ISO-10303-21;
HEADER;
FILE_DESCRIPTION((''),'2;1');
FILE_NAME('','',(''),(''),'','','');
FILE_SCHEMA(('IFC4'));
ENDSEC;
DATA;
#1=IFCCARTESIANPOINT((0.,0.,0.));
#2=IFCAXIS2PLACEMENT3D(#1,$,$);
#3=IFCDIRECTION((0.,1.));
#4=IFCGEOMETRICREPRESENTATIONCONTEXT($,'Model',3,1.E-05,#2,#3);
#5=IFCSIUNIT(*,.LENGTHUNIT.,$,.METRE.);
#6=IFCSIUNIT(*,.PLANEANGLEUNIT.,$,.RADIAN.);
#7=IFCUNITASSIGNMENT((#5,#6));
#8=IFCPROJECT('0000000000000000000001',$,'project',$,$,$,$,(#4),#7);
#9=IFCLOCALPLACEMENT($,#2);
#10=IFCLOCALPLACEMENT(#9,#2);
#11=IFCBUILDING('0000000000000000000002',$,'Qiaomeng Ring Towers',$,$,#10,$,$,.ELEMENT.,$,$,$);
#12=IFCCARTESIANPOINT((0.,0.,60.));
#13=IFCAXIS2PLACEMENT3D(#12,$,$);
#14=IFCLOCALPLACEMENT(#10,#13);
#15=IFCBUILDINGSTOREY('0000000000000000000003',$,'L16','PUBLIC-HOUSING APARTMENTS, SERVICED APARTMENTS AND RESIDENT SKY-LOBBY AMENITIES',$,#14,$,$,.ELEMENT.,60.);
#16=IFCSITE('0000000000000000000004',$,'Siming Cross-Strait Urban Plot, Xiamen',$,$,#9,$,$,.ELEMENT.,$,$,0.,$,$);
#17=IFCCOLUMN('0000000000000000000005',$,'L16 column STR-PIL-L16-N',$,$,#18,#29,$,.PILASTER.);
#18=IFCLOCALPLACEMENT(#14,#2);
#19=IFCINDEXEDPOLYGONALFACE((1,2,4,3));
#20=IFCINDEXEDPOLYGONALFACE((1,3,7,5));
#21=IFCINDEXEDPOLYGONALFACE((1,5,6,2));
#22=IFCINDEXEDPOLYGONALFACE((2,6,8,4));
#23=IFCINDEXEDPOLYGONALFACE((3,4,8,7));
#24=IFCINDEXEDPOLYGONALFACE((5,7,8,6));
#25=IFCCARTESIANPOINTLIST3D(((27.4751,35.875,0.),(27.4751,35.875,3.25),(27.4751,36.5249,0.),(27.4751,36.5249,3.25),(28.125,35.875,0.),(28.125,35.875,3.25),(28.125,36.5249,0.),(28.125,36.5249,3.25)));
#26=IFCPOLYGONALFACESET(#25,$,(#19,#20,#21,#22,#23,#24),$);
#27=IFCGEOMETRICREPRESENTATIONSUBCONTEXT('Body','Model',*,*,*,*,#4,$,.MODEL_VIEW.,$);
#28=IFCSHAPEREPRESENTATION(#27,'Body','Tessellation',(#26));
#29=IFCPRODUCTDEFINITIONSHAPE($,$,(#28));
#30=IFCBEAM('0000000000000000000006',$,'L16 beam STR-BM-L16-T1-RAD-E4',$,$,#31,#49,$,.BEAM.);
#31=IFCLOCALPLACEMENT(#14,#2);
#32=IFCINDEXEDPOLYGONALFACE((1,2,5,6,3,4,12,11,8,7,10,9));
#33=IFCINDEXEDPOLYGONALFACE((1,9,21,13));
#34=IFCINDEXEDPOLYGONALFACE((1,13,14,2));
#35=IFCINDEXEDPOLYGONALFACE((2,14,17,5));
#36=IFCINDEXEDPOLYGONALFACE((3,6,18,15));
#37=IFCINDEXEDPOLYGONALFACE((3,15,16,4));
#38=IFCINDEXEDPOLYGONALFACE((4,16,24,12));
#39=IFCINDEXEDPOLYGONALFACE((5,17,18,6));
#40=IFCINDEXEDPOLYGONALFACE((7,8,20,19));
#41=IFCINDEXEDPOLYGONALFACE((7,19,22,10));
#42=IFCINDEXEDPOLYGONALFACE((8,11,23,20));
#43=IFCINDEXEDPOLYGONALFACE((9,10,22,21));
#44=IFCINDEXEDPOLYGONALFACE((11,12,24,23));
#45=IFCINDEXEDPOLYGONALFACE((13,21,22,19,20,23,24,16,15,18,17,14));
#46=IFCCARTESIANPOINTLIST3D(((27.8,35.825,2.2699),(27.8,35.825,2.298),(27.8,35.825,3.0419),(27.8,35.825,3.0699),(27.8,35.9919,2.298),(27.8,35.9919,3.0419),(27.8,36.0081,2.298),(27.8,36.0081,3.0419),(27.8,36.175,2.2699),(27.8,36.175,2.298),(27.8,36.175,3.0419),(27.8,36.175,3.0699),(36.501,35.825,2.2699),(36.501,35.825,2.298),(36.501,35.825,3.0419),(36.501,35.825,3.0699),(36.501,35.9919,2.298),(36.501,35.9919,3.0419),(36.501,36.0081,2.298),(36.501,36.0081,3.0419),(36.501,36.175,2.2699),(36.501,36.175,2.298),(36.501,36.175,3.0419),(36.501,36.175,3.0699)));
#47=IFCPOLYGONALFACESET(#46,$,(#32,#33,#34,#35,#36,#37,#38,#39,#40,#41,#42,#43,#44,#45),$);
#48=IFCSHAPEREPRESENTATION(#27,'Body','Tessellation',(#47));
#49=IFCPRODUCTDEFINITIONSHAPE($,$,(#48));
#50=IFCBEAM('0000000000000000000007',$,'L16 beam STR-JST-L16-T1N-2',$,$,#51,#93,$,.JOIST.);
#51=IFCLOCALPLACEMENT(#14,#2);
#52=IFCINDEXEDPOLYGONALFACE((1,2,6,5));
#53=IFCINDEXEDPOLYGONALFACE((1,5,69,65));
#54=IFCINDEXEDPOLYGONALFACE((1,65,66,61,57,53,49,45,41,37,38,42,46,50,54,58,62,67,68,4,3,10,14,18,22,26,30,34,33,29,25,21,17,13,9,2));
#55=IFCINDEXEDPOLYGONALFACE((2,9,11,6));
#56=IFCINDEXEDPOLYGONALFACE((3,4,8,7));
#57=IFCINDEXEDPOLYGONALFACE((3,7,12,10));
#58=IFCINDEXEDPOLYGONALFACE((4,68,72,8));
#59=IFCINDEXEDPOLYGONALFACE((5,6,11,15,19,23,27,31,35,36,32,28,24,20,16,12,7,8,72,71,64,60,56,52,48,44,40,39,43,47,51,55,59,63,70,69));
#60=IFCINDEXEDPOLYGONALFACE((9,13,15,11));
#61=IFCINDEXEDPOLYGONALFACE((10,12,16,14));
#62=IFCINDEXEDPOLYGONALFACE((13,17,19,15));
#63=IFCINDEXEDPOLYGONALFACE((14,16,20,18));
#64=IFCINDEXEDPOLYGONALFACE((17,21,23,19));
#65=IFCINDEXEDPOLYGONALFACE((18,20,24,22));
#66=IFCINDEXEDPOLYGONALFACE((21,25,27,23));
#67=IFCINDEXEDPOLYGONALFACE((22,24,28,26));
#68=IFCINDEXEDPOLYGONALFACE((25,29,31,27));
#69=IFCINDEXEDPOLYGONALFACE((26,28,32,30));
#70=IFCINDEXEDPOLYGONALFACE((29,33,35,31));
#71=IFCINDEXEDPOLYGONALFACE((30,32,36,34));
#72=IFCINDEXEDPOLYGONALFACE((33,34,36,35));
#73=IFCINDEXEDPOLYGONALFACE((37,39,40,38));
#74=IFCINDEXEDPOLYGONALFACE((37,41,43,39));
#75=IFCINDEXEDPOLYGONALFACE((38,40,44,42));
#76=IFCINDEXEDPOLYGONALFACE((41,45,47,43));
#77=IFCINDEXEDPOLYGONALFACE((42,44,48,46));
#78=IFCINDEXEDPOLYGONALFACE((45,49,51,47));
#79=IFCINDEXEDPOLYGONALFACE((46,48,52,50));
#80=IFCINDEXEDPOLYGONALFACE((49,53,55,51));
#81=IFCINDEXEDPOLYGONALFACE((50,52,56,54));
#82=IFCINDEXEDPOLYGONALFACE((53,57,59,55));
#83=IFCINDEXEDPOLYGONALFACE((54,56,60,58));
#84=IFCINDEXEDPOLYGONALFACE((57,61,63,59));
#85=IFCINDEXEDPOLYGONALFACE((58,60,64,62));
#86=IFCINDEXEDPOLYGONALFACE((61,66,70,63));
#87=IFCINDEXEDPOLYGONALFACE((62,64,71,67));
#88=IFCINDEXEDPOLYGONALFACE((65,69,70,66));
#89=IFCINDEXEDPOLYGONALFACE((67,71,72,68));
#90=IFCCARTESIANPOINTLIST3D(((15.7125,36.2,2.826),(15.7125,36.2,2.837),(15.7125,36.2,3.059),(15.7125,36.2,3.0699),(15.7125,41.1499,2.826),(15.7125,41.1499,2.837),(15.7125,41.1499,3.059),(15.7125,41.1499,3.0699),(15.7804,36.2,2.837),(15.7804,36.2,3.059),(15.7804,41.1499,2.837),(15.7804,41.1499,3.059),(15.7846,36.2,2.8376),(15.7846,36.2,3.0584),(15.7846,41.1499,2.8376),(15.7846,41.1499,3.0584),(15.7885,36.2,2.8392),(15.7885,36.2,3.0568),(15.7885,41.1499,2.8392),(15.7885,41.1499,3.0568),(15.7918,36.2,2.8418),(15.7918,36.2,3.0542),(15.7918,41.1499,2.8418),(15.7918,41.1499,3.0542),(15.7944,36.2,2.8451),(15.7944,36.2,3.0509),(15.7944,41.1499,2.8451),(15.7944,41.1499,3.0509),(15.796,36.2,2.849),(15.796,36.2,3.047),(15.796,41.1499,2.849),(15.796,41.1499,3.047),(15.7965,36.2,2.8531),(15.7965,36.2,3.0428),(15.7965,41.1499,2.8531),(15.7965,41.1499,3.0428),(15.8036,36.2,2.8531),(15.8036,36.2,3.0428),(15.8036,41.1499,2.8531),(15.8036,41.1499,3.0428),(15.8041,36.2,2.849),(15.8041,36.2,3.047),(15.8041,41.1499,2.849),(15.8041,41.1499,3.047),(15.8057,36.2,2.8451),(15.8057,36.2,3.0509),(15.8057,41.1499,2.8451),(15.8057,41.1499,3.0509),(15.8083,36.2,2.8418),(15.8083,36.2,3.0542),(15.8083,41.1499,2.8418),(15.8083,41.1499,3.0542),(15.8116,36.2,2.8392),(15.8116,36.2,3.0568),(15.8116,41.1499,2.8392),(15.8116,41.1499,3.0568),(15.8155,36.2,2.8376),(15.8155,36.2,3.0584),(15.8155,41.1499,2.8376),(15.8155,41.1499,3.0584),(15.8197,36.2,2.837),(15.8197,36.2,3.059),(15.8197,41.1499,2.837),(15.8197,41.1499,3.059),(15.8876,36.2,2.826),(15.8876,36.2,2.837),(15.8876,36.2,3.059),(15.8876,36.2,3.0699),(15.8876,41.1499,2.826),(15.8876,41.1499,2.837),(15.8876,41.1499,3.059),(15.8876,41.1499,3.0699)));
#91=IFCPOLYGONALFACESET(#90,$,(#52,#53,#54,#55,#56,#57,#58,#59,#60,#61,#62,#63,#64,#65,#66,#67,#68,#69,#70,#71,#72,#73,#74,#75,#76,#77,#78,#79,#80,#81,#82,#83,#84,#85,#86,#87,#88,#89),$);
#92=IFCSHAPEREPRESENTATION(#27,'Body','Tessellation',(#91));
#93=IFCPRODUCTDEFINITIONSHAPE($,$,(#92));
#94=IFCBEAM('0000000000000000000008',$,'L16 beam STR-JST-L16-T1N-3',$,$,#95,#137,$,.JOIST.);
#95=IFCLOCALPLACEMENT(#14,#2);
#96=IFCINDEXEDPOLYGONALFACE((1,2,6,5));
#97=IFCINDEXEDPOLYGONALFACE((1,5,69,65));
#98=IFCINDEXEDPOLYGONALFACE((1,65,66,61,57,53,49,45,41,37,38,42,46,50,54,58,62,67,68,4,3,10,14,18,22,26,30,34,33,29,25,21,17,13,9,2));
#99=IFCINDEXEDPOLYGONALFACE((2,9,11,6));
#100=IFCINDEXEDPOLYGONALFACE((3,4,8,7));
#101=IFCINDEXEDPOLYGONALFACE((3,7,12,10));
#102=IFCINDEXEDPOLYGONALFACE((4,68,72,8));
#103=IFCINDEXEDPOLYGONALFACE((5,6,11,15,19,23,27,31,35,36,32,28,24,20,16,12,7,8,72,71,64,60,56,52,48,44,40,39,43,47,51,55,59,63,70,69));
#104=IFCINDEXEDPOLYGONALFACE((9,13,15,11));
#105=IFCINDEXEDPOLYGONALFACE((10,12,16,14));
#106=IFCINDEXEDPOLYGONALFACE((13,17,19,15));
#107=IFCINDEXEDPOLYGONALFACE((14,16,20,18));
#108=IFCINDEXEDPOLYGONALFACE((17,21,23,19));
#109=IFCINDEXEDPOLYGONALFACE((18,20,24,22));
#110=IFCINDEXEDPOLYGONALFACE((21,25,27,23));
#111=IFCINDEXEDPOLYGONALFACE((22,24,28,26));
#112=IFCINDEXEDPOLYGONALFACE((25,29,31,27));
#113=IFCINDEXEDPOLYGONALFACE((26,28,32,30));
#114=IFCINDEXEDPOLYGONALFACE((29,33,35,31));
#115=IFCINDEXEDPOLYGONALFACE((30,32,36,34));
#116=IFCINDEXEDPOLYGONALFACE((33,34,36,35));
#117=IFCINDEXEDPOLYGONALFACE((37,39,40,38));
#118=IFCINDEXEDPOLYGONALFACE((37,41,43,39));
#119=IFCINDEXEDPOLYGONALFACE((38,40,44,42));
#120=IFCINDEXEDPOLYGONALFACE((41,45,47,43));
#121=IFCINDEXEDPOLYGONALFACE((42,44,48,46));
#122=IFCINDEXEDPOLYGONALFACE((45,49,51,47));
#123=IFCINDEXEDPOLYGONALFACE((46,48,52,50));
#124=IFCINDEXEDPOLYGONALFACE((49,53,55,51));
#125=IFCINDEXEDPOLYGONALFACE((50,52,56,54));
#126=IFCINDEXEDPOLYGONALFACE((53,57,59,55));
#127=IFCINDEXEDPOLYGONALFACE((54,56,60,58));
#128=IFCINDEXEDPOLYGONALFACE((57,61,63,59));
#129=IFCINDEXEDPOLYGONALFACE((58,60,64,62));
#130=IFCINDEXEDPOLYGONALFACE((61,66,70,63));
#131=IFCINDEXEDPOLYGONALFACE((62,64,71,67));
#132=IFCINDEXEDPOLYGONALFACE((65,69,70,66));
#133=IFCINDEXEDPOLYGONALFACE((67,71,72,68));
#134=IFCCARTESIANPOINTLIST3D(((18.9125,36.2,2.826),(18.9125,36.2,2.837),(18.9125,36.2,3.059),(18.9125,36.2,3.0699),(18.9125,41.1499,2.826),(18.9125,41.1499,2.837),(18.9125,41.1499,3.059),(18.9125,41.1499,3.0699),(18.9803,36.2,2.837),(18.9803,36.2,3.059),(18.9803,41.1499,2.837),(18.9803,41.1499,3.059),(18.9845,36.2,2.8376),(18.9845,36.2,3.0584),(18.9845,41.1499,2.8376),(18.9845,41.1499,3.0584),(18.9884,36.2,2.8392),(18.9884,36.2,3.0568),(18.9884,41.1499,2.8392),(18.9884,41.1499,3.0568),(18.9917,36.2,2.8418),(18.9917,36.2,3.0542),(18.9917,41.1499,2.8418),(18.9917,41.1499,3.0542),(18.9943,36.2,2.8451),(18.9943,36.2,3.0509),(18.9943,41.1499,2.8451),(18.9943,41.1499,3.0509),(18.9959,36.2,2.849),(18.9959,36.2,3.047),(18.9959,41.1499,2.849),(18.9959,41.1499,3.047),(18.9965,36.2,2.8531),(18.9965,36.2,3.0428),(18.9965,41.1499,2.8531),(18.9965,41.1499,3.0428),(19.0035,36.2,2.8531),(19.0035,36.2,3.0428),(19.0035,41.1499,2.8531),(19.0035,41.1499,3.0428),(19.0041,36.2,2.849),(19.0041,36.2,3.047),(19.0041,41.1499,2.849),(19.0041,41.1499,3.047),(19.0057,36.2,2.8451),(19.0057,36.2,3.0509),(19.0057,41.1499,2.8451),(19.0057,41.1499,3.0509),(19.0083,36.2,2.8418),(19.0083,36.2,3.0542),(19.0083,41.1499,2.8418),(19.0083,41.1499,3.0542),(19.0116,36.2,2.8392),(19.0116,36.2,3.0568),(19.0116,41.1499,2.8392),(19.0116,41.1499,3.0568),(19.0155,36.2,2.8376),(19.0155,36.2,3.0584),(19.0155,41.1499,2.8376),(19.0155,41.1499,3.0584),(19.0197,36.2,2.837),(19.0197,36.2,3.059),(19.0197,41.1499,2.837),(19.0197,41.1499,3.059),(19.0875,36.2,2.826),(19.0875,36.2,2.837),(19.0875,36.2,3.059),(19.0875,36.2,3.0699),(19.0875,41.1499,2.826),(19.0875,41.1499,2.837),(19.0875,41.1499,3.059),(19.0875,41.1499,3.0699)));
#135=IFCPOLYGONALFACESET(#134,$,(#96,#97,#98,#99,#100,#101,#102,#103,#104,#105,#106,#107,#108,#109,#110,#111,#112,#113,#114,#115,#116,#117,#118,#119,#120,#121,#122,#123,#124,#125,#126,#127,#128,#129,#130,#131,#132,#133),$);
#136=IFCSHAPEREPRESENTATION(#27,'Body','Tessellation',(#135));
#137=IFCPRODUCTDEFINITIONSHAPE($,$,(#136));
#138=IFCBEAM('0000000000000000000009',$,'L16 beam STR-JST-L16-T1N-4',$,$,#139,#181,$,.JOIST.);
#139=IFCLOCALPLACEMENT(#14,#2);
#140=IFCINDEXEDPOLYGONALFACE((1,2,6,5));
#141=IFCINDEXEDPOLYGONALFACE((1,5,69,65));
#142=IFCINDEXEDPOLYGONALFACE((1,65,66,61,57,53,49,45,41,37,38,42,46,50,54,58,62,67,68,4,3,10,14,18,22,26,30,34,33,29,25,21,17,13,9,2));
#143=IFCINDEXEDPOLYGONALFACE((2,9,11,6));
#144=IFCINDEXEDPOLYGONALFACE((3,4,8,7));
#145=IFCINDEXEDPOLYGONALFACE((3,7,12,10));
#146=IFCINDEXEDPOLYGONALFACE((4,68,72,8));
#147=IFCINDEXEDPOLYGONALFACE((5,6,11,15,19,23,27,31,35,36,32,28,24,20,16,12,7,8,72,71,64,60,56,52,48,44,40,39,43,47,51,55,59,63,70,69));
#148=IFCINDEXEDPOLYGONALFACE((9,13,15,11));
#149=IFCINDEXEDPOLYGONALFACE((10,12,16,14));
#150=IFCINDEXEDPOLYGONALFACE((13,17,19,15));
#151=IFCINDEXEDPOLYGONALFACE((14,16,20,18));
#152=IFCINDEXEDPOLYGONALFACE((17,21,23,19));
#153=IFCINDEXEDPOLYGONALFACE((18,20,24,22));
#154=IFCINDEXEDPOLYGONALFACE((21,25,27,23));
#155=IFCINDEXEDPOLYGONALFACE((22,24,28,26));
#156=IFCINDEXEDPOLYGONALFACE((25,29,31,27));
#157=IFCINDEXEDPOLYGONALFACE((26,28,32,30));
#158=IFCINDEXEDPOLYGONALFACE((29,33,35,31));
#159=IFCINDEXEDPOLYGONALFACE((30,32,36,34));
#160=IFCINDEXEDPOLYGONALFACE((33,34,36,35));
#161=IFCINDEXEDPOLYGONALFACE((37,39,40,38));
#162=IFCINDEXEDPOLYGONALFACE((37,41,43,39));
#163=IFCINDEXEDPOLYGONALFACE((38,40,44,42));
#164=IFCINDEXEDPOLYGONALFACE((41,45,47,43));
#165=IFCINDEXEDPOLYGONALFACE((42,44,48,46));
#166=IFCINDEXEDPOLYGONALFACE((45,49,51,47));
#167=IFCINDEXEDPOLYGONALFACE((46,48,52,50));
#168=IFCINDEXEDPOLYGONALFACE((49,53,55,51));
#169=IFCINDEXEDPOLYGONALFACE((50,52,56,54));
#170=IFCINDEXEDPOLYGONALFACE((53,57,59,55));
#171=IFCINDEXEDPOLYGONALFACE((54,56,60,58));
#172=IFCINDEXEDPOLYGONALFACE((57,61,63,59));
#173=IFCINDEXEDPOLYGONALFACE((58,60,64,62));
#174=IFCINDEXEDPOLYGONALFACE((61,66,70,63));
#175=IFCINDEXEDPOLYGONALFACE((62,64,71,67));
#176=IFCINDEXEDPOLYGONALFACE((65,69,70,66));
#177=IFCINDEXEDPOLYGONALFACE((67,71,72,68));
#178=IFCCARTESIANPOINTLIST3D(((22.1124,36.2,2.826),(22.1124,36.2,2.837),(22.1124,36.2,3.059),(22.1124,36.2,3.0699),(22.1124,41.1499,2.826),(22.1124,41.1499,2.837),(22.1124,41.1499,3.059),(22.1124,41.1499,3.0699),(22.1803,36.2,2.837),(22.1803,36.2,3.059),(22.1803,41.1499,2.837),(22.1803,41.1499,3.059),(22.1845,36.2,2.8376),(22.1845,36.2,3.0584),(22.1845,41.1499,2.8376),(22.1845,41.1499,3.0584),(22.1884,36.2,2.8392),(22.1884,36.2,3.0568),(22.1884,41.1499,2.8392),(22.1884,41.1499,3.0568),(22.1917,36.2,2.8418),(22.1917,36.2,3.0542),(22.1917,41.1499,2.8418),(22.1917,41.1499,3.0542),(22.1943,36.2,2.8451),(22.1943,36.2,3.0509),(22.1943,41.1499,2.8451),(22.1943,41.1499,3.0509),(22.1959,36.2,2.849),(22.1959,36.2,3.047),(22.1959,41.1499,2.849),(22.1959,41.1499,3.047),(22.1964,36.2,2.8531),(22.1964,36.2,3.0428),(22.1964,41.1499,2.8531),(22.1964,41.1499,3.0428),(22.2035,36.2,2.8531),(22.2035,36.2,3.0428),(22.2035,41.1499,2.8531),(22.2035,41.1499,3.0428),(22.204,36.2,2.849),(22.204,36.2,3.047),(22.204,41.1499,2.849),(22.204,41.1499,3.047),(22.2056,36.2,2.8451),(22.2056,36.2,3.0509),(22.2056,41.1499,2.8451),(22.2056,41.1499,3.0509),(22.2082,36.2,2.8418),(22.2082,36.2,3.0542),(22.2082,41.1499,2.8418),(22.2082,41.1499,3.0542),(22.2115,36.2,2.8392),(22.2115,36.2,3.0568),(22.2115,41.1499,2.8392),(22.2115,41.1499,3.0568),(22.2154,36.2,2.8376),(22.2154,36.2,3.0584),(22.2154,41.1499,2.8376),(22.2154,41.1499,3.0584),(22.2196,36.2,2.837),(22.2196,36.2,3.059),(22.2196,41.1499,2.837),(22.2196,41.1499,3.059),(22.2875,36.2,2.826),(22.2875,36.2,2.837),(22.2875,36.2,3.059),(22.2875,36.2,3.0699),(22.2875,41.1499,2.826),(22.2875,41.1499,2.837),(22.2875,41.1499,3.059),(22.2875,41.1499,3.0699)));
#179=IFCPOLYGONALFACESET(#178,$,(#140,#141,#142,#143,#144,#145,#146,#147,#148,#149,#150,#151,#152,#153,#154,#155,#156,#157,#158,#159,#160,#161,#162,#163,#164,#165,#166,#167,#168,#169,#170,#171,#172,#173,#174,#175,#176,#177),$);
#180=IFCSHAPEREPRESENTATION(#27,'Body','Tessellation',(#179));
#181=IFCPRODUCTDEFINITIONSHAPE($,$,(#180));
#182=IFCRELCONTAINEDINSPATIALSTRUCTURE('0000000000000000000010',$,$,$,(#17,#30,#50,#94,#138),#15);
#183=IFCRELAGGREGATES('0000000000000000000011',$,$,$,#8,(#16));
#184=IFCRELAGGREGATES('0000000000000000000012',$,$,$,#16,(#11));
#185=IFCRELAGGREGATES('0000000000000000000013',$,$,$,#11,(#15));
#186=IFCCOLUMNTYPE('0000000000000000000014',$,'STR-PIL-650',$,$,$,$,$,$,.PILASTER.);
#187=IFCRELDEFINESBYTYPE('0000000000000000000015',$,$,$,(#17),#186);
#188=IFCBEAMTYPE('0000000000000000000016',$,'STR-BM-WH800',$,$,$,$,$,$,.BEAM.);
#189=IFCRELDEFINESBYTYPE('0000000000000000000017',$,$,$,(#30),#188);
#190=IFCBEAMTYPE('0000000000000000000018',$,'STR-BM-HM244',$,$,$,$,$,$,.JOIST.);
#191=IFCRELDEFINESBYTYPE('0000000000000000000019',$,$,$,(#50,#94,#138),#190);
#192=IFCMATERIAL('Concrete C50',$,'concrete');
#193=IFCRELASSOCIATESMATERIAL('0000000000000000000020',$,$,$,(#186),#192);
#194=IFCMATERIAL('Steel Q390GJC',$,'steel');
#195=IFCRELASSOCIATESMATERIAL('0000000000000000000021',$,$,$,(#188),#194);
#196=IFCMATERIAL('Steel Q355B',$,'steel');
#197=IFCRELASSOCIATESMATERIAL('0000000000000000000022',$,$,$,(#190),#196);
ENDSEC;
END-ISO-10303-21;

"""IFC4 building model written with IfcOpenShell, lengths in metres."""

from ifc_helpers import new_model, si_unit, direction, frame, origin, origin_2d, place, context, subcontext, project, spatial, rectangle, i_section, extrude, source, transform, mapped, material, material_profile, profile_set, type_object, element, save


model = new_model("IFC4")

# Units and contexts
model_context = context("Model", 3, precision=1e-05, world=origin(), true_north=direction((0.0, 1.0)))
body_context = subcontext(model_context, "Body", "Model", "MODEL_VIEW")
ifc_project = project(units=[si_unit("LENGTHUNIT", "METRE"), si_unit("PLANEANGLEUNIT", "RADIAN")], contexts=[model_context])

# Site, building, storey
site_placement = place(None, origin())
site = spatial("IfcSite", under=ifc_project, at=site_placement, Name="Siming Cross-Strait Urban Plot, Xiamen", CompositionType="ELEMENT", RefElevation=0.0)
building_placement = place(site_placement, origin())
building = spatial("IfcBuilding", under=site, at=building_placement, Name="Qiaomeng Ring Towers", CompositionType="ELEMENT")
storey_placement = place(building_placement, frame((0.0, 0.0, 60.0)))
storey = spatial("IfcBuildingStorey", under=building, at=storey_placement, Name="L16", Description="PUBLIC-HOUSING APARTMENTS, SERVICED APARTMENTS AND RESIDENT SKY-LOBBY AMENITIES", CompositionType="ELEMENT", Elevation=60.0)

# Column
ifc_material_1 = material(Name="Concrete C50", Category="concrete")
ifc_material_profile_1 = material_profile(ifc_material_1, rectangle(XDim=0.6499, YDim=0.6499, at=origin_2d()), Name="RC COL 650x650")
ifc_profile_set_1 = profile_set([ifc_material_profile_1], Name="Concrete C50")
column_type = type_object("IfcColumnType", Name="STR-PIL-650", PredefinedType="PILASTER", material=ifc_profile_set_1)
shared_shape_1 = source(origin(), body_context, "Body", "SweptSolid", [
    extrude(rectangle(XDim=0.6499, YDim=0.6499, at=origin_2d()), origin(), (0.0, 0.0, 1.0), 3.25),
])
column_placement = place(storey_placement, frame((27.8, 36.2, 0.0), z_axis=(0.0, 0.0, 1.0), x_axis=(1.0, 0.0, 0.0)))
element("IfcColumn", 1, at=column_placement, inside=storey, type_object=column_type, Name="L16 column STR-PIL-L16-N", PredefinedType="PILASTER", context=body_context, shape_type="MappedRepresentation", body=[
    mapped(shared_shape_1, transform((0.0, 0.0, 0.0), x_axis=(1.0, 0.0, 0.0), y_axis=(0.0, 1.0, 0.0), z_axis=(0.0, 0.0, 1.0), scale=1.0)),
])

# Beams
ifc_material_2 = material(Name="Steel Q390GJC", Category="steel")
ifc_material_profile_2 = material_profile(ifc_material_2, i_section(OverallWidth=0.3501, OverallDepth=0.8, WebThickness=0.0161, FlangeThickness=0.0281, at=origin_2d()), Name="WH 800x350x16x28")
ifc_profile_set_2 = profile_set([ifc_material_profile_2], Name="Steel Q390GJC")
beam_type_1 = type_object("IfcBeamType", Name="STR-BM-WH800", PredefinedType="BEAM", material=ifc_profile_set_2)
shared_shape_2 = source(origin(), body_context, "Body", "SweptSolid", [
    extrude(i_section(OverallWidth=0.3501, OverallDepth=0.8, WebThickness=0.0161, FlangeThickness=0.0281, at=origin_2d()), origin(), (0.0, 0.0, 1.0), 8.7009),
])
beam_placement = place(storey_placement, frame((27.8, 36.0, 2.6699), z_axis=(1.0, 0.0, 0.0), x_axis=(0.0, 1.0, 0.0)))
element("IfcBeam", 2, at=beam_placement, inside=storey, type_object=beam_type_1, Name="L16 beam STR-BM-L16-T1-RAD-E4", PredefinedType="BEAM", context=body_context, shape_type="MappedRepresentation", body=[
    mapped(shared_shape_2, transform((0.0, 0.0, 0.0), x_axis=(1.0, 0.0, 0.0), y_axis=(0.0, 1.0, 0.0), z_axis=(0.0, 0.0, 1.0), scale=1.0)),
])
ifc_material_3 = material(Name="Steel Q355B", Category="steel")
ifc_material_profile_3 = material_profile(ifc_material_3, i_section(OverallWidth=0.175, OverallDepth=0.2439, WebThickness=0.0071, FlangeThickness=0.011, FilletRadius=0.0161, at=origin_2d()), Name="HM 244x175x7x11")
ifc_profile_set_3 = profile_set([ifc_material_profile_3], Name="Steel Q355B")
beam_type_2 = type_object("IfcBeamType", Name="STR-BM-HM244", PredefinedType="JOIST", material=ifc_profile_set_3)
shared_shape_3 = source(origin(), body_context, "Body", "SweptSolid", [
    extrude(i_section(OverallWidth=0.175, OverallDepth=0.2439, WebThickness=0.0071, FlangeThickness=0.011, FilletRadius=0.0161, at=origin_2d()), origin(), (0.0, 0.0, 1.0), 4.95),
])
for number, where, z_axis, x_axis, name in (
    (3, (15.8, 36.2, 2.948), (0.0, 1.0, 0.0), (-1.0, 0.0, 0.0), "L16 beam STR-JST-L16-T1N-2"),
    (4, (19.0, 36.2, 2.948), (0.0, 1.0, 0.0), (-1.0, 0.0, 0.0), "L16 beam STR-JST-L16-T1N-3"),
    (5, (22.2, 36.2, 2.948), (0.0, 1.0, 0.0), (-1.0, 0.0, 0.0), "L16 beam STR-JST-L16-T1N-4"),
):
    element("IfcBeam", number, at=place(storey_placement, frame(where, z_axis=z_axis, x_axis=x_axis)), inside=storey, type_object=beam_type_2, Name=name, PredefinedType="JOIST", context=body_context, shape_type="MappedRepresentation", body=[
        mapped(shared_shape_3, transform((0.0, 0.0, 0.0), x_axis=(1.0, 0.0, 0.0), y_axis=(0.0, 1.0, 0.0), z_axis=(0.0, 0.0, 1.0), scale=1.0)),
    ])

save(model, "model.ifc")
